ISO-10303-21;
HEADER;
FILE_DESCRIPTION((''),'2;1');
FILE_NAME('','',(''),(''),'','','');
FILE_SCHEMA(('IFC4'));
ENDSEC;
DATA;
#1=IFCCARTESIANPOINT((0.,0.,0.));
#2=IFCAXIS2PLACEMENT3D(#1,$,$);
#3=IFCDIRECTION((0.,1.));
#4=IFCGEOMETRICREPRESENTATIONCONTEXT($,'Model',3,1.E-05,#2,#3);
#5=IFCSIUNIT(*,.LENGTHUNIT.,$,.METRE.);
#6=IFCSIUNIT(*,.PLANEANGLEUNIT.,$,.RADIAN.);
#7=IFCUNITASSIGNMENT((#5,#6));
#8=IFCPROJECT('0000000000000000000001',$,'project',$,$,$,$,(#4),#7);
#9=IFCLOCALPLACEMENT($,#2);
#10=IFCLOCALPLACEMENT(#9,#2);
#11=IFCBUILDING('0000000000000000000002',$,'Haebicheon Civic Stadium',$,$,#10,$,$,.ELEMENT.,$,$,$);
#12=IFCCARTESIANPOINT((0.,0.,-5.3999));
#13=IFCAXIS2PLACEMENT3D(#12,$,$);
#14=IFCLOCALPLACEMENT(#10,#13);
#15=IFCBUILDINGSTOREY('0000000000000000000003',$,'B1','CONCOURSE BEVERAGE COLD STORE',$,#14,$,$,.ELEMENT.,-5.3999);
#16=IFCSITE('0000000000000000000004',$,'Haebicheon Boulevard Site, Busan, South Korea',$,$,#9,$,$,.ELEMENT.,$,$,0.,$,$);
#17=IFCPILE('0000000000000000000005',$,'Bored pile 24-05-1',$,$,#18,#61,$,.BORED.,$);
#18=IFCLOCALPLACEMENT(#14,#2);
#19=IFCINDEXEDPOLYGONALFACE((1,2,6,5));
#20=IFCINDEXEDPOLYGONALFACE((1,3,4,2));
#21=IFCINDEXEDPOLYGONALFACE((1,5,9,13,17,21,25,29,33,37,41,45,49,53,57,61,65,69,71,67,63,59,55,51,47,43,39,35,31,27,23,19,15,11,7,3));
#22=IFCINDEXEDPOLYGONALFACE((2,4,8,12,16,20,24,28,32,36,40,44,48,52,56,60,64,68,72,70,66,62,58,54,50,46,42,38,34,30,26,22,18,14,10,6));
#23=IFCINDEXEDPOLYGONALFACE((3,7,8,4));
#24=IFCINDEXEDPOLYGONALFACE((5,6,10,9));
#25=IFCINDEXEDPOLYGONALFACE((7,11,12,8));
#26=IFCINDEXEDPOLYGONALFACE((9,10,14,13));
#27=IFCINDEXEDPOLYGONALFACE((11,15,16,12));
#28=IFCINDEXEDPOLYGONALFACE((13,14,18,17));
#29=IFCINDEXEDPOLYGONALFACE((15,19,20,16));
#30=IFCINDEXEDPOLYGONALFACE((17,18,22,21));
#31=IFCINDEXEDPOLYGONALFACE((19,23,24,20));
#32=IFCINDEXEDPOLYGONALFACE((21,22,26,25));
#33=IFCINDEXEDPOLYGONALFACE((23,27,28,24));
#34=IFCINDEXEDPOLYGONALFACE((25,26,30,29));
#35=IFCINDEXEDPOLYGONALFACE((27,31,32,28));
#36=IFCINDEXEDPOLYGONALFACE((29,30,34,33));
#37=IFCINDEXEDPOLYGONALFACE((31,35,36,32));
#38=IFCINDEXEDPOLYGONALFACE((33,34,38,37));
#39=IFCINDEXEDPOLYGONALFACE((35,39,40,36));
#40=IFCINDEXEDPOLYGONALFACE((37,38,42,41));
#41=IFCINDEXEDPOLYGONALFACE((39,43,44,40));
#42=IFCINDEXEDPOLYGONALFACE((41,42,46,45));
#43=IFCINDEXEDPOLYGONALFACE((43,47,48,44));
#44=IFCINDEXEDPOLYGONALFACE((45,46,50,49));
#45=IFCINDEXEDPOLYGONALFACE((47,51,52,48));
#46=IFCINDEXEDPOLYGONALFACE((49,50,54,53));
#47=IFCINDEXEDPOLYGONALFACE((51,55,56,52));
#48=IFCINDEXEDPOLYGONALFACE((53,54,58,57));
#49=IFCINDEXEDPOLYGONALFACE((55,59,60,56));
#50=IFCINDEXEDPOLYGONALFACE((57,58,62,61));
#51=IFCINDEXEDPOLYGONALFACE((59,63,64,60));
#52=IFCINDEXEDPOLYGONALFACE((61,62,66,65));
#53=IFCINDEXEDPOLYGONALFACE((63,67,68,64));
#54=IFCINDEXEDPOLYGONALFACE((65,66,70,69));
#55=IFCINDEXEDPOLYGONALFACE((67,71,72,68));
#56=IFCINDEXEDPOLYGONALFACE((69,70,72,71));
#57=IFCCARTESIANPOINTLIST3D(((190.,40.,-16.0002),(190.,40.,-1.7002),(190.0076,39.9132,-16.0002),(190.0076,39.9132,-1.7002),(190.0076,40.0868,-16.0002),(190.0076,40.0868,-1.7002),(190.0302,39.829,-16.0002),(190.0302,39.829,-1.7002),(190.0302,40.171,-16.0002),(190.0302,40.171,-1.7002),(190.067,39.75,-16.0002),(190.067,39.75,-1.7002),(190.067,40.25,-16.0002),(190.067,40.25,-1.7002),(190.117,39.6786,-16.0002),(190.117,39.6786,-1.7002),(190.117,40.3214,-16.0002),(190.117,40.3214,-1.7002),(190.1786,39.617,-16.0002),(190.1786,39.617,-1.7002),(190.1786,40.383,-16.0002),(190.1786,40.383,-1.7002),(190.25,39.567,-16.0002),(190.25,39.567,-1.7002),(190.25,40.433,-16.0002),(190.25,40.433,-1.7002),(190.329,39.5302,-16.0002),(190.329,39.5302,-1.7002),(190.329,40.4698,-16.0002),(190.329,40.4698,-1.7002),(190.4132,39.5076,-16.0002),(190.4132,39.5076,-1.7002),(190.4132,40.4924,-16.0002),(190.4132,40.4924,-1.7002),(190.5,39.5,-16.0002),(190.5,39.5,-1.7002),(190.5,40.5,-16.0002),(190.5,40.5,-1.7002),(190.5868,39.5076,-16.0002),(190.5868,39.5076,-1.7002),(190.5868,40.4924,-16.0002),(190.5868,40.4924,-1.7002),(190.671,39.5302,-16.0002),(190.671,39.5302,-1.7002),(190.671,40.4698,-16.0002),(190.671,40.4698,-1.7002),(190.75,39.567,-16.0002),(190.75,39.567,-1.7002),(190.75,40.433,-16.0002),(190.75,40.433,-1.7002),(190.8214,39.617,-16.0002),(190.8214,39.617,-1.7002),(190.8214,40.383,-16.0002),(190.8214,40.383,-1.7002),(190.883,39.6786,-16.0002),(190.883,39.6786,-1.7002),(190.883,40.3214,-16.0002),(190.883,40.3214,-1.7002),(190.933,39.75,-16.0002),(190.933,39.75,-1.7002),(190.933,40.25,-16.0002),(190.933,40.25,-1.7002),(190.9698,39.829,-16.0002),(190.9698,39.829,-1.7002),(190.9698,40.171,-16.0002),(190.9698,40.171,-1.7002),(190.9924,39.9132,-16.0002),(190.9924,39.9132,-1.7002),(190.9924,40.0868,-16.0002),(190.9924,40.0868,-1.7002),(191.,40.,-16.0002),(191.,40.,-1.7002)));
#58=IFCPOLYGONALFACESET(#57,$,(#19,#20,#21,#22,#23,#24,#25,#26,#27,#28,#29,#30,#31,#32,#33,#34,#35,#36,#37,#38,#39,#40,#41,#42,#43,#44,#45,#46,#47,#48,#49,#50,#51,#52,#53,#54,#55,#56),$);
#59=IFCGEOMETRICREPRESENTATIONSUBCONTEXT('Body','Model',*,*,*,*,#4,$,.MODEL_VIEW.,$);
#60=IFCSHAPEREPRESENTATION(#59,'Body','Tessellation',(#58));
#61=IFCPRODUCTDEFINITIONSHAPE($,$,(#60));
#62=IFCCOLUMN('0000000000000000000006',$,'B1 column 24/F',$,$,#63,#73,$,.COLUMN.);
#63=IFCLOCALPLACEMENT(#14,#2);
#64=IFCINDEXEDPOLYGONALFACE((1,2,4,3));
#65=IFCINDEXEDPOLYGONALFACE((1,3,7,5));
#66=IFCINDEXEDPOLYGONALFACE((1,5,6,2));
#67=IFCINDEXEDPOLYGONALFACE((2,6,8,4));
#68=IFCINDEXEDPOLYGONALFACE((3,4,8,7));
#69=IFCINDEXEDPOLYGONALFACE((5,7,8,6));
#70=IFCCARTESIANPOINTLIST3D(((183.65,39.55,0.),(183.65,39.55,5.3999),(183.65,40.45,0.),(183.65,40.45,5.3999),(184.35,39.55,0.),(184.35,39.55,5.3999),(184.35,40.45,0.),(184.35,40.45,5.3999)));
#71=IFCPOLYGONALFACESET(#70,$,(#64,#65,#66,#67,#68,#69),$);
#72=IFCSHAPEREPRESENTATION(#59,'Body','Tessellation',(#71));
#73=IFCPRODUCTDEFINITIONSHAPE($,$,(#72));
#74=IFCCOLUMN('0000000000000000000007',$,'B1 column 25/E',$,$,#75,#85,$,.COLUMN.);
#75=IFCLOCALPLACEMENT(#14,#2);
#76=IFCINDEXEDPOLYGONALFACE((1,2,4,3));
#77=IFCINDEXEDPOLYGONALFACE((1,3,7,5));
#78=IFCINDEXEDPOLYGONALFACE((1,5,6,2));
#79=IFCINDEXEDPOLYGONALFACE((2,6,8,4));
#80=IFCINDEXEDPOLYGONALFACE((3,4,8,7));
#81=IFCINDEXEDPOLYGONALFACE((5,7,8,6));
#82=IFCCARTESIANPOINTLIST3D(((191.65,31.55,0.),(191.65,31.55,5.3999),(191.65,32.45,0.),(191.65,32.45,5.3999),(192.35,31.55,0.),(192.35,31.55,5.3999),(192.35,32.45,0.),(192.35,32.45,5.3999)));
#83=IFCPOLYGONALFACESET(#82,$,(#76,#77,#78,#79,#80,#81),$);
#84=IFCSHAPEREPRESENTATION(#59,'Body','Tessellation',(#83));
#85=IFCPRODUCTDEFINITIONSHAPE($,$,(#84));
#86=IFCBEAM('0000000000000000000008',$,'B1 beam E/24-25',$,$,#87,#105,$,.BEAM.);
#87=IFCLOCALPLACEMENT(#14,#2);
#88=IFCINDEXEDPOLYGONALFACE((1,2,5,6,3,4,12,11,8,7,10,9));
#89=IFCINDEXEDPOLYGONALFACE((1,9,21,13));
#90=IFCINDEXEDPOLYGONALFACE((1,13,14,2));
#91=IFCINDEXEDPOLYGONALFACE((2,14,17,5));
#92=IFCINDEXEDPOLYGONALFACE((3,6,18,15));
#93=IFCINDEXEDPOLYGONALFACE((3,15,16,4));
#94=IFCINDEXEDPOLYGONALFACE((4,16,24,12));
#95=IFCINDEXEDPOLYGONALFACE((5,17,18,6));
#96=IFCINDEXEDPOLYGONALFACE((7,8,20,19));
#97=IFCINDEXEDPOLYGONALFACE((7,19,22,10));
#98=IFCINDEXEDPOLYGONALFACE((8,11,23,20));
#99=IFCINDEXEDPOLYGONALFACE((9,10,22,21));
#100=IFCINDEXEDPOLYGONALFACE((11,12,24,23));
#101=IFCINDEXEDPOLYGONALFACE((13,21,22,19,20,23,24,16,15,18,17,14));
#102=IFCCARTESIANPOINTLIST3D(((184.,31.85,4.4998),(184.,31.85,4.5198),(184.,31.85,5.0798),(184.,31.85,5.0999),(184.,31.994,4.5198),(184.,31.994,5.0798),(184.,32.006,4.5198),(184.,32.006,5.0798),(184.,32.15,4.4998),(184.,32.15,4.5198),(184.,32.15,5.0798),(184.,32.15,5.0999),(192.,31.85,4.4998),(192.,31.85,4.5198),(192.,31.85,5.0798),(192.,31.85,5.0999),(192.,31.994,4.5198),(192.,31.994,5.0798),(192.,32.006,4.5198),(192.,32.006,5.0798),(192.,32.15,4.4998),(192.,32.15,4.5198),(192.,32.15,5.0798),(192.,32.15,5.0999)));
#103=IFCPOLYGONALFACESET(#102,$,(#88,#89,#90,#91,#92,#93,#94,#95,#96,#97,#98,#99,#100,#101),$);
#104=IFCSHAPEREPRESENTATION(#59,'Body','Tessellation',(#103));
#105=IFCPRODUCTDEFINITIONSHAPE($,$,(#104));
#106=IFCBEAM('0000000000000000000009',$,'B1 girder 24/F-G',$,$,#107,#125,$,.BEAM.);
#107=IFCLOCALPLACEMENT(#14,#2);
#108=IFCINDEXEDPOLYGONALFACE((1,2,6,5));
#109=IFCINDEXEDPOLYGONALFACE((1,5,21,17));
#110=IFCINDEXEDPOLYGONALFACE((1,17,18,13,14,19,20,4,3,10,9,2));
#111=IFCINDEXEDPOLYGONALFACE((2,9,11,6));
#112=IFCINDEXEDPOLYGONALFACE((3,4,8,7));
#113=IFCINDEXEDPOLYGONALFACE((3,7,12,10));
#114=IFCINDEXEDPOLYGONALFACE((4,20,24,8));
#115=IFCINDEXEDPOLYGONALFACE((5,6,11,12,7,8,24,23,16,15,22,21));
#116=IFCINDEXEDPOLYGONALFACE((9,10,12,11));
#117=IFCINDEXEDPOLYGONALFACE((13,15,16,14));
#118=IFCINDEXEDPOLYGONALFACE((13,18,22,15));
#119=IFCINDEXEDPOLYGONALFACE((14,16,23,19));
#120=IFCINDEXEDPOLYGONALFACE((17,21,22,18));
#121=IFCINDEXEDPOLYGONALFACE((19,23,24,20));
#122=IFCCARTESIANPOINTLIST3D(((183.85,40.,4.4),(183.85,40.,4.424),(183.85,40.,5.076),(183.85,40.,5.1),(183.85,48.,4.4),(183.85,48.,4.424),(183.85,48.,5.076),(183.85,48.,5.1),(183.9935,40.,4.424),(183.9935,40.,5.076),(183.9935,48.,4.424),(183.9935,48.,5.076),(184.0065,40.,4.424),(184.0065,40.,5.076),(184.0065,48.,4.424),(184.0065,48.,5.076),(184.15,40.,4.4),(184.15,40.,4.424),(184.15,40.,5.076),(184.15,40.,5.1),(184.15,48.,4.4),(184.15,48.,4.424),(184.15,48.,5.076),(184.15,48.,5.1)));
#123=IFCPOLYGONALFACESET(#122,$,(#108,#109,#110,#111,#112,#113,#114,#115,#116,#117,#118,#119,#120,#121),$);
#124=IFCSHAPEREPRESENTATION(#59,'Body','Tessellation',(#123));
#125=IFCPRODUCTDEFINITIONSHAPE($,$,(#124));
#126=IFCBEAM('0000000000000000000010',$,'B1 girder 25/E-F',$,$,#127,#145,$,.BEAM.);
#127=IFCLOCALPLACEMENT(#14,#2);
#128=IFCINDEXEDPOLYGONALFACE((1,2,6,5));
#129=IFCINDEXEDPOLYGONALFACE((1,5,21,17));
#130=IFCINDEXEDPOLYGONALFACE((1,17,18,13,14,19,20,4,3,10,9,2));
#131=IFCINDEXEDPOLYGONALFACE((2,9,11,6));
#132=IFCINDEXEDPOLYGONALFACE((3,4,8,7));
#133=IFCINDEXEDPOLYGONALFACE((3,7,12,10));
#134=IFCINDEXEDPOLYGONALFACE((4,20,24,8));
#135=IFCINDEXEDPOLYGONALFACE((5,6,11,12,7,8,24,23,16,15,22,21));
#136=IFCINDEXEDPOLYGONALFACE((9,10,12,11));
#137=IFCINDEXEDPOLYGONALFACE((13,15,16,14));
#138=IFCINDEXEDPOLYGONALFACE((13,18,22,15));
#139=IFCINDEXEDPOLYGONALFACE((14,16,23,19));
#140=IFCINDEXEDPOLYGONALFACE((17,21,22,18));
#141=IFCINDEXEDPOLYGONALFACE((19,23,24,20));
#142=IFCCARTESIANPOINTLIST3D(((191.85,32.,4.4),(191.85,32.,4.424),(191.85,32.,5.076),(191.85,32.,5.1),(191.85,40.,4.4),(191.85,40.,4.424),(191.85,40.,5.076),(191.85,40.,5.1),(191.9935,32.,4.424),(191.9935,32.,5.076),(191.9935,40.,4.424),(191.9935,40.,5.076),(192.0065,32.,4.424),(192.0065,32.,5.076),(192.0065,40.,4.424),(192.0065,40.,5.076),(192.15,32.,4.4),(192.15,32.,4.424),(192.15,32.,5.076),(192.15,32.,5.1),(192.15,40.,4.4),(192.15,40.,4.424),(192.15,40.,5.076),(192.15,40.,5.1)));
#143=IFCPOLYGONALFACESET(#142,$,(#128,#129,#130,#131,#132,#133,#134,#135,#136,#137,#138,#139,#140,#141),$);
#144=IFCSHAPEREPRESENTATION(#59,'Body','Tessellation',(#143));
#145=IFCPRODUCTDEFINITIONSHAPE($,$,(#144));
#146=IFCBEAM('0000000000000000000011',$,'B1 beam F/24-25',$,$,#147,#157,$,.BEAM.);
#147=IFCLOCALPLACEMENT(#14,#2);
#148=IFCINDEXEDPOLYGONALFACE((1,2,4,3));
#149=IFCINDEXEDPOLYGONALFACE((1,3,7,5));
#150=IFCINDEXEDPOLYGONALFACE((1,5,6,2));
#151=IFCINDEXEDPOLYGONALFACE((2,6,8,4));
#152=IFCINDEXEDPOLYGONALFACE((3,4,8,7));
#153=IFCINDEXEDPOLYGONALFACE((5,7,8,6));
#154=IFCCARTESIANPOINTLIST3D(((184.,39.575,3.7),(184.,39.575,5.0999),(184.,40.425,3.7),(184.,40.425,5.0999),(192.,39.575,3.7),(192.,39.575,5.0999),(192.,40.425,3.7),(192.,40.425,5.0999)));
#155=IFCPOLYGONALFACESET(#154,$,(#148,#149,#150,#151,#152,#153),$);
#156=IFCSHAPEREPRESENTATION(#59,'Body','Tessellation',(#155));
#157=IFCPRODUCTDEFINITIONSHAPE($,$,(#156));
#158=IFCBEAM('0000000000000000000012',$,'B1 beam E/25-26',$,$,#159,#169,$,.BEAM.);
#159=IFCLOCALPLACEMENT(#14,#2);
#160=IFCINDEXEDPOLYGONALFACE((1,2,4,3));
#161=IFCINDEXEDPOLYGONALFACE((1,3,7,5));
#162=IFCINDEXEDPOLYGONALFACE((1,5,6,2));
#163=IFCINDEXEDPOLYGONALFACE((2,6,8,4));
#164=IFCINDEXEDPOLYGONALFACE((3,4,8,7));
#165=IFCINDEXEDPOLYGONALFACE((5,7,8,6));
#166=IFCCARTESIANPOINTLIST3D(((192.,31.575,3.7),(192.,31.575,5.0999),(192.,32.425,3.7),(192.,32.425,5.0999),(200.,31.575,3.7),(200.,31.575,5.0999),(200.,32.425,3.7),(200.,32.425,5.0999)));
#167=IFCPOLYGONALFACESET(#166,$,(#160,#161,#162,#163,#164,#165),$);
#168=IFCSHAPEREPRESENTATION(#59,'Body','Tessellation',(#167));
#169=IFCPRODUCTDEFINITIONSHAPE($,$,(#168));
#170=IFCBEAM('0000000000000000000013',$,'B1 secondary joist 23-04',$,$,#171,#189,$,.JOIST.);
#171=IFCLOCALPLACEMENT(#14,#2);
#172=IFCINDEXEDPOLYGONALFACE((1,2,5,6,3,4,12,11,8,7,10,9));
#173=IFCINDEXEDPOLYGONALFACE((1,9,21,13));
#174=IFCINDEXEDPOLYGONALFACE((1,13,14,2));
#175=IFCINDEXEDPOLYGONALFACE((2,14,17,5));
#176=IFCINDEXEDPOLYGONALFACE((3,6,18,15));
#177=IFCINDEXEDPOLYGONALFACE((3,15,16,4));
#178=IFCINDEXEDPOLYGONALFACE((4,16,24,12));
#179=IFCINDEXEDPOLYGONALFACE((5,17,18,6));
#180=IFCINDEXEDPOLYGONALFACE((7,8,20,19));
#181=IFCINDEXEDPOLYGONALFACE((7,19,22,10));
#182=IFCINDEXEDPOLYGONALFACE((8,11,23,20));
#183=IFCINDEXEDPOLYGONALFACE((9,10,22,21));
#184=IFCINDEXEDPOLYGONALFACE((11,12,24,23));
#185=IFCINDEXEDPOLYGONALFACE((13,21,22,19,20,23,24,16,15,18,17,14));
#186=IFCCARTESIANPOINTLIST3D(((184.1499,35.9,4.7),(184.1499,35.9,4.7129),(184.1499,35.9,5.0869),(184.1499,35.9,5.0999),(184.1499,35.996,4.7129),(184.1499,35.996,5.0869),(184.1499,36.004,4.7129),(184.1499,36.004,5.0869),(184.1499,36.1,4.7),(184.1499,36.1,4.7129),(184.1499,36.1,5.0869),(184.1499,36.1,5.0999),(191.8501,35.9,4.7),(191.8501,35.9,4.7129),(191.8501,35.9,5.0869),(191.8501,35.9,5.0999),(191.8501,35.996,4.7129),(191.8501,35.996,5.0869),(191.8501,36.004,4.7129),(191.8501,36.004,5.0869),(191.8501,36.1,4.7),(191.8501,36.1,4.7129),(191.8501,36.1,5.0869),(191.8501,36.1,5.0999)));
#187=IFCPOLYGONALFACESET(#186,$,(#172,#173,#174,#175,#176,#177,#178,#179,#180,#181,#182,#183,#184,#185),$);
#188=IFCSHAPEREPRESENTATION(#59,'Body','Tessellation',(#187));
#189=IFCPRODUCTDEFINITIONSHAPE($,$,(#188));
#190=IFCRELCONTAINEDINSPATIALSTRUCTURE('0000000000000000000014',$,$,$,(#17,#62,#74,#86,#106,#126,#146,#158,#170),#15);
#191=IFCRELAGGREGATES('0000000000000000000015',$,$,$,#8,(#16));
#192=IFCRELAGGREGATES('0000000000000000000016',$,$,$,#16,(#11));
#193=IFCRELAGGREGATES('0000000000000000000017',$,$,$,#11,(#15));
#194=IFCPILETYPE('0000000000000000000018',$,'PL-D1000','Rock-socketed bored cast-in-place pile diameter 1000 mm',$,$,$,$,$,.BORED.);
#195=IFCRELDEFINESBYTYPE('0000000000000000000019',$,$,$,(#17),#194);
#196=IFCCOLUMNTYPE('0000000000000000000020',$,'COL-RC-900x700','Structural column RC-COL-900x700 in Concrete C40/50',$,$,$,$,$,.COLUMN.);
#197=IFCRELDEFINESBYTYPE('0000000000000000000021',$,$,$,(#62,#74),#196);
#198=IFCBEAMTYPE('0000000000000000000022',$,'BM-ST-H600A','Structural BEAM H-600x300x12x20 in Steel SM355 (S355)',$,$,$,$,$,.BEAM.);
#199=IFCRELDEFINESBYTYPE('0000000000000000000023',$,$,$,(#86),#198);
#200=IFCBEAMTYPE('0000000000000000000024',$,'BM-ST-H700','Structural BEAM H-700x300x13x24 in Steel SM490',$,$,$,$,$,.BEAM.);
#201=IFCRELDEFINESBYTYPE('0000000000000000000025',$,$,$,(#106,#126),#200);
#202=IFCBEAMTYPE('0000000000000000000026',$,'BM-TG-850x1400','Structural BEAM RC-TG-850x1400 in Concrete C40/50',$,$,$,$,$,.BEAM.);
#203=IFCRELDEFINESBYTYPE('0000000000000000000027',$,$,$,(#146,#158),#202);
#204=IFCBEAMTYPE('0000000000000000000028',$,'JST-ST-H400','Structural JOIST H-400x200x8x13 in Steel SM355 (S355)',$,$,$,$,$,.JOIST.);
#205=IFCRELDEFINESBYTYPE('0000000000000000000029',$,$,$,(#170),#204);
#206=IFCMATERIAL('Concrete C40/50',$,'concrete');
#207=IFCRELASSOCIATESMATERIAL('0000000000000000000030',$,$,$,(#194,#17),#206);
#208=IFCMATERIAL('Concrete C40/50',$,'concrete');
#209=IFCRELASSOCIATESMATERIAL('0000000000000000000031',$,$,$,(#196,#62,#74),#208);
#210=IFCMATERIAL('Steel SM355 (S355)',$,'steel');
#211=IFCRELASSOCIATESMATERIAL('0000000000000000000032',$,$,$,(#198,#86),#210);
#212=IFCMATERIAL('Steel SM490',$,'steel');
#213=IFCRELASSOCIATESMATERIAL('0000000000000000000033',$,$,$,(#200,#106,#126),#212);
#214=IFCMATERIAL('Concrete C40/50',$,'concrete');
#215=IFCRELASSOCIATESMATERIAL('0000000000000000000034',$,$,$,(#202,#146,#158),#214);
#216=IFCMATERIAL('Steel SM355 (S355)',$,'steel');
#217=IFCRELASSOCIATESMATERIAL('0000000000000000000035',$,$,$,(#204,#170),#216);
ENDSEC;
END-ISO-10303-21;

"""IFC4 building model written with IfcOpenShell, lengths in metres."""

from ifc_helpers import new_model, si_unit, direction, frame, origin, origin_2d, place, context, subcontext, project, spatial, rectangle, circle, i_section, extrude, material, material_profile, profile_set, type_object, element, save


model = new_model("IFC4")

# Units and contexts
model_context = context("Model", 3, precision=1e-05, world=origin(), true_north=direction((0.0, 1.0)))
body_context = subcontext(model_context, "Body", "Model", "MODEL_VIEW")
ifc_project = project(units=[si_unit("LENGTHUNIT", "METRE"), si_unit("PLANEANGLEUNIT", "RADIAN")], contexts=[model_context])

# Site, building, storey
site_placement = place(None, origin())
site = spatial("IfcSite", under=ifc_project, at=site_placement, Name="Haebicheon Boulevard Site, Busan, South Korea", CompositionType="ELEMENT", RefElevation=0.0)
building_placement = place(site_placement, origin())
building = spatial("IfcBuilding", under=site, at=building_placement, Name="Haebicheon Civic Stadium", CompositionType="ELEMENT")
storey_placement = place(building_placement, frame((0.0, 0.0, -5.3999)))
storey = spatial("IfcBuildingStorey", under=building, at=storey_placement, Name="B1", Description="CONCOURSE BEVERAGE COLD STORE", CompositionType="ELEMENT", Elevation=-5.3999)

# Pile
ifc_material_1 = material(Name="Concrete C40/50", Category="concrete")
ifc_material_profile_1 = material_profile(ifc_material_1, circle(Radius=0.5, at=origin_2d()), Name="PILE-D1000")
ifc_profile_set_1 = profile_set([ifc_material_profile_1], Name="Concrete C40/50")
pile_type = type_object("IfcPileType", Name="PL-D1000", Description="Rock-socketed bored cast-in-place pile diameter 1000 mm", PredefinedType="BORED", material=ifc_profile_set_1)
pile_placement = place(storey_placement, frame((190.5, 40.0, -1.7002), z_axis=(0.0, 0.0, -1.0), x_axis=(1.0, 0.0, 0.0)))
element("IfcPile", 1, at=pile_placement, inside=storey, type_object=pile_type, material=ifc_profile_set_1, Name="Bored pile 24-05-1", PredefinedType="BORED", context=body_context, shape_type="SweptSolid", body=[
    extrude(circle(Radius=0.5, at=origin_2d()), origin(), (0.0, 0.0, 1.0), 14.3),
])

# Columns
ifc_material_2 = material(Name="Concrete C40/50", Category="concrete")
ifc_material_profile_2 = material_profile(ifc_material_2, rectangle(XDim=0.7, YDim=0.8999, at=origin_2d()), Name="RC-COL-900x700")
ifc_profile_set_2 = profile_set([ifc_material_profile_2], Name="Concrete C40/50")
column_type = type_object("IfcColumnType", Name="COL-RC-900x700", Description="Structural column RC-COL-900x700 in Concrete C40/50", PredefinedType="COLUMN", material=ifc_profile_set_2)
for number, where, z_axis, x_axis, name in (
    (2, (184.0, 40.0, 0.0), (0.0, 0.0, 1.0), (1.0, 0.0, 0.0), "B1 column 24/F"),
    (3, (192.0, 32.0, 0.0), (0.0, 0.0, 1.0), (1.0, 0.0, 0.0), "B1 column 25/E"),
):
    element("IfcColumn", number, at=place(storey_placement, frame(where, z_axis=z_axis, x_axis=x_axis)), inside=storey, type_object=column_type, material=ifc_profile_set_2, Name=name, PredefinedType="COLUMN", context=body_context, shape_type="SweptSolid", body=[
        extrude(rectangle(XDim=0.7, YDim=0.8999, at=origin_2d()), origin(), (0.0, 0.0, 1.0), 5.3999),
    ])

# Beams
ifc_material_3 = material(Name="Steel SM355 (S355)", Category="steel")
ifc_material_profile_3 = material_profile(ifc_material_3, i_section(OverallWidth=0.3, OverallDepth=0.6001, WebThickness=0.012, FlangeThickness=0.02, at=origin_2d()), Name="H-600x300x12x20")
ifc_profile_set_3 = profile_set([ifc_material_profile_3], Name="Steel SM355 (S355)")
beam_type_1 = type_object("IfcBeamType", Name="BM-ST-H600A", Description="Structural BEAM H-600x300x12x20 in Steel SM355 (S355)", PredefinedType="BEAM", material=ifc_profile_set_3)
beam_1_placement = place(storey_placement, frame((184.0, 32.0, 4.7998), z_axis=(1.0, 0.0, 0.0), x_axis=(0.0, 1.0, 0.0)))
element("IfcBeam", 4, at=beam_1_placement, inside=storey, type_object=beam_type_1, material=ifc_profile_set_3, Name="B1 beam E/24-25", PredefinedType="BEAM", context=body_context, shape_type="SweptSolid", body=[
    extrude(i_section(OverallWidth=0.3, OverallDepth=0.6001, WebThickness=0.012, FlangeThickness=0.02, at=origin_2d()), origin(), (0.0, 0.0, 1.0), 8.0),
])
ifc_material_4 = material(Name="Steel SM490", Category="steel")
ifc_material_profile_4 = material_profile(ifc_material_4, i_section(OverallWidth=0.3, OverallDepth=0.7, WebThickness=0.0129, FlangeThickness=0.0239, at=origin_2d()), Name="H-700x300x13x24")
ifc_profile_set_4 = profile_set([ifc_material_profile_4], Name="Steel SM490")
beam_type_2 = type_object("IfcBeamType", Name="BM-ST-H700", Description="Structural BEAM H-700x300x13x24 in Steel SM490", PredefinedType="BEAM", material=ifc_profile_set_4)
for number, where, z_axis, x_axis, name in (
    (5, (184.0, 40.0, 4.75), (0.0, 1.0, 0.0), (-1.0, 0.0, 0.0), "B1 girder 24/F-G"),
    (6, (192.0, 32.0, 4.75), (0.0, 1.0, 0.0), (-1.0, 0.0, 0.0), "B1 girder 25/E-F"),
):
    element("IfcBeam", number, at=place(storey_placement, frame(where, z_axis=z_axis, x_axis=x_axis)), inside=storey, type_object=beam_type_2, material=ifc_profile_set_4, Name=name, PredefinedType="BEAM", context=body_context, shape_type="SweptSolid", body=[
        extrude(i_section(OverallWidth=0.3, OverallDepth=0.7, WebThickness=0.0129, FlangeThickness=0.0239, at=origin_2d()), origin(), (0.0, 0.0, 1.0), 8.0),
    ])
ifc_material_5 = material(Name="Concrete C40/50", Category="concrete")
ifc_material_profile_5 = material_profile(ifc_material_5, rectangle(XDim=0.8501, YDim=1.3999, at=origin_2d()), Name="RC-TG-850x1400")
ifc_profile_set_5 = profile_set([ifc_material_profile_5], Name="Concrete C40/50")
beam_type_3 = type_object("IfcBeamType", Name="BM-TG-850x1400", Description="Structural BEAM RC-TG-850x1400 in Concrete C40/50", PredefinedType="BEAM", material=ifc_profile_set_5)
for number, where, z_axis, x_axis, name in (
    (7, (184.0, 40.0, 4.3999), (1.0, 0.0, 0.0), (0.0, 1.0, 0.0), "B1 beam F/24-25"),
    (8, (192.0, 32.0, 4.3999), (1.0, 0.0, 0.0), (0.0, 1.0, 0.0), "B1 beam E/25-26"),
):
    element("IfcBeam", number, at=place(storey_placement, frame(where, z_axis=z_axis, x_axis=x_axis)), inside=storey, type_object=beam_type_3, material=ifc_profile_set_5, Name=name, PredefinedType="BEAM", context=body_context, shape_type="SweptSolid", body=[
        extrude(rectangle(XDim=0.8501, YDim=1.3999, at=origin_2d()), origin(), (0.0, 0.0, 1.0), 8.0),
    ])
ifc_material_6 = material(Name="Steel SM355 (S355)", Category="steel")
ifc_material_profile_6 = material_profile(ifc_material_6, i_section(OverallWidth=0.2, OverallDepth=0.3999, WebThickness=0.0081, FlangeThickness=0.0129, at=origin_2d()), Name="H-400x200x8x13")
ifc_profile_set_6 = profile_set([ifc_material_profile_6], Name="Steel SM355 (S355)")
beam_type_4 = type_object("IfcBeamType", Name="JST-ST-H400", Description="Structural JOIST H-400x200x8x13 in Steel SM355 (S355)", PredefinedType="JOIST", material=ifc_profile_set_6)
beam_2_placement = place(storey_placement, frame((184.1499, 36.0, 4.8999), z_axis=(1.0, 0.0, 0.0), x_axis=(0.0, 1.0, 0.0)))
element("IfcBeam", 9, at=beam_2_placement, inside=storey, type_object=beam_type_4, material=ifc_profile_set_6, Name="B1 secondary joist 23-04", PredefinedType="JOIST", context=body_context, shape_type="SweptSolid", body=[
    extrude(i_section(OverallWidth=0.2, OverallDepth=0.3999, WebThickness=0.0081, FlangeThickness=0.0129, at=origin_2d()), origin(), (0.0, 0.0, 1.0), 7.7002),
])

save(model, "model.ifc")
